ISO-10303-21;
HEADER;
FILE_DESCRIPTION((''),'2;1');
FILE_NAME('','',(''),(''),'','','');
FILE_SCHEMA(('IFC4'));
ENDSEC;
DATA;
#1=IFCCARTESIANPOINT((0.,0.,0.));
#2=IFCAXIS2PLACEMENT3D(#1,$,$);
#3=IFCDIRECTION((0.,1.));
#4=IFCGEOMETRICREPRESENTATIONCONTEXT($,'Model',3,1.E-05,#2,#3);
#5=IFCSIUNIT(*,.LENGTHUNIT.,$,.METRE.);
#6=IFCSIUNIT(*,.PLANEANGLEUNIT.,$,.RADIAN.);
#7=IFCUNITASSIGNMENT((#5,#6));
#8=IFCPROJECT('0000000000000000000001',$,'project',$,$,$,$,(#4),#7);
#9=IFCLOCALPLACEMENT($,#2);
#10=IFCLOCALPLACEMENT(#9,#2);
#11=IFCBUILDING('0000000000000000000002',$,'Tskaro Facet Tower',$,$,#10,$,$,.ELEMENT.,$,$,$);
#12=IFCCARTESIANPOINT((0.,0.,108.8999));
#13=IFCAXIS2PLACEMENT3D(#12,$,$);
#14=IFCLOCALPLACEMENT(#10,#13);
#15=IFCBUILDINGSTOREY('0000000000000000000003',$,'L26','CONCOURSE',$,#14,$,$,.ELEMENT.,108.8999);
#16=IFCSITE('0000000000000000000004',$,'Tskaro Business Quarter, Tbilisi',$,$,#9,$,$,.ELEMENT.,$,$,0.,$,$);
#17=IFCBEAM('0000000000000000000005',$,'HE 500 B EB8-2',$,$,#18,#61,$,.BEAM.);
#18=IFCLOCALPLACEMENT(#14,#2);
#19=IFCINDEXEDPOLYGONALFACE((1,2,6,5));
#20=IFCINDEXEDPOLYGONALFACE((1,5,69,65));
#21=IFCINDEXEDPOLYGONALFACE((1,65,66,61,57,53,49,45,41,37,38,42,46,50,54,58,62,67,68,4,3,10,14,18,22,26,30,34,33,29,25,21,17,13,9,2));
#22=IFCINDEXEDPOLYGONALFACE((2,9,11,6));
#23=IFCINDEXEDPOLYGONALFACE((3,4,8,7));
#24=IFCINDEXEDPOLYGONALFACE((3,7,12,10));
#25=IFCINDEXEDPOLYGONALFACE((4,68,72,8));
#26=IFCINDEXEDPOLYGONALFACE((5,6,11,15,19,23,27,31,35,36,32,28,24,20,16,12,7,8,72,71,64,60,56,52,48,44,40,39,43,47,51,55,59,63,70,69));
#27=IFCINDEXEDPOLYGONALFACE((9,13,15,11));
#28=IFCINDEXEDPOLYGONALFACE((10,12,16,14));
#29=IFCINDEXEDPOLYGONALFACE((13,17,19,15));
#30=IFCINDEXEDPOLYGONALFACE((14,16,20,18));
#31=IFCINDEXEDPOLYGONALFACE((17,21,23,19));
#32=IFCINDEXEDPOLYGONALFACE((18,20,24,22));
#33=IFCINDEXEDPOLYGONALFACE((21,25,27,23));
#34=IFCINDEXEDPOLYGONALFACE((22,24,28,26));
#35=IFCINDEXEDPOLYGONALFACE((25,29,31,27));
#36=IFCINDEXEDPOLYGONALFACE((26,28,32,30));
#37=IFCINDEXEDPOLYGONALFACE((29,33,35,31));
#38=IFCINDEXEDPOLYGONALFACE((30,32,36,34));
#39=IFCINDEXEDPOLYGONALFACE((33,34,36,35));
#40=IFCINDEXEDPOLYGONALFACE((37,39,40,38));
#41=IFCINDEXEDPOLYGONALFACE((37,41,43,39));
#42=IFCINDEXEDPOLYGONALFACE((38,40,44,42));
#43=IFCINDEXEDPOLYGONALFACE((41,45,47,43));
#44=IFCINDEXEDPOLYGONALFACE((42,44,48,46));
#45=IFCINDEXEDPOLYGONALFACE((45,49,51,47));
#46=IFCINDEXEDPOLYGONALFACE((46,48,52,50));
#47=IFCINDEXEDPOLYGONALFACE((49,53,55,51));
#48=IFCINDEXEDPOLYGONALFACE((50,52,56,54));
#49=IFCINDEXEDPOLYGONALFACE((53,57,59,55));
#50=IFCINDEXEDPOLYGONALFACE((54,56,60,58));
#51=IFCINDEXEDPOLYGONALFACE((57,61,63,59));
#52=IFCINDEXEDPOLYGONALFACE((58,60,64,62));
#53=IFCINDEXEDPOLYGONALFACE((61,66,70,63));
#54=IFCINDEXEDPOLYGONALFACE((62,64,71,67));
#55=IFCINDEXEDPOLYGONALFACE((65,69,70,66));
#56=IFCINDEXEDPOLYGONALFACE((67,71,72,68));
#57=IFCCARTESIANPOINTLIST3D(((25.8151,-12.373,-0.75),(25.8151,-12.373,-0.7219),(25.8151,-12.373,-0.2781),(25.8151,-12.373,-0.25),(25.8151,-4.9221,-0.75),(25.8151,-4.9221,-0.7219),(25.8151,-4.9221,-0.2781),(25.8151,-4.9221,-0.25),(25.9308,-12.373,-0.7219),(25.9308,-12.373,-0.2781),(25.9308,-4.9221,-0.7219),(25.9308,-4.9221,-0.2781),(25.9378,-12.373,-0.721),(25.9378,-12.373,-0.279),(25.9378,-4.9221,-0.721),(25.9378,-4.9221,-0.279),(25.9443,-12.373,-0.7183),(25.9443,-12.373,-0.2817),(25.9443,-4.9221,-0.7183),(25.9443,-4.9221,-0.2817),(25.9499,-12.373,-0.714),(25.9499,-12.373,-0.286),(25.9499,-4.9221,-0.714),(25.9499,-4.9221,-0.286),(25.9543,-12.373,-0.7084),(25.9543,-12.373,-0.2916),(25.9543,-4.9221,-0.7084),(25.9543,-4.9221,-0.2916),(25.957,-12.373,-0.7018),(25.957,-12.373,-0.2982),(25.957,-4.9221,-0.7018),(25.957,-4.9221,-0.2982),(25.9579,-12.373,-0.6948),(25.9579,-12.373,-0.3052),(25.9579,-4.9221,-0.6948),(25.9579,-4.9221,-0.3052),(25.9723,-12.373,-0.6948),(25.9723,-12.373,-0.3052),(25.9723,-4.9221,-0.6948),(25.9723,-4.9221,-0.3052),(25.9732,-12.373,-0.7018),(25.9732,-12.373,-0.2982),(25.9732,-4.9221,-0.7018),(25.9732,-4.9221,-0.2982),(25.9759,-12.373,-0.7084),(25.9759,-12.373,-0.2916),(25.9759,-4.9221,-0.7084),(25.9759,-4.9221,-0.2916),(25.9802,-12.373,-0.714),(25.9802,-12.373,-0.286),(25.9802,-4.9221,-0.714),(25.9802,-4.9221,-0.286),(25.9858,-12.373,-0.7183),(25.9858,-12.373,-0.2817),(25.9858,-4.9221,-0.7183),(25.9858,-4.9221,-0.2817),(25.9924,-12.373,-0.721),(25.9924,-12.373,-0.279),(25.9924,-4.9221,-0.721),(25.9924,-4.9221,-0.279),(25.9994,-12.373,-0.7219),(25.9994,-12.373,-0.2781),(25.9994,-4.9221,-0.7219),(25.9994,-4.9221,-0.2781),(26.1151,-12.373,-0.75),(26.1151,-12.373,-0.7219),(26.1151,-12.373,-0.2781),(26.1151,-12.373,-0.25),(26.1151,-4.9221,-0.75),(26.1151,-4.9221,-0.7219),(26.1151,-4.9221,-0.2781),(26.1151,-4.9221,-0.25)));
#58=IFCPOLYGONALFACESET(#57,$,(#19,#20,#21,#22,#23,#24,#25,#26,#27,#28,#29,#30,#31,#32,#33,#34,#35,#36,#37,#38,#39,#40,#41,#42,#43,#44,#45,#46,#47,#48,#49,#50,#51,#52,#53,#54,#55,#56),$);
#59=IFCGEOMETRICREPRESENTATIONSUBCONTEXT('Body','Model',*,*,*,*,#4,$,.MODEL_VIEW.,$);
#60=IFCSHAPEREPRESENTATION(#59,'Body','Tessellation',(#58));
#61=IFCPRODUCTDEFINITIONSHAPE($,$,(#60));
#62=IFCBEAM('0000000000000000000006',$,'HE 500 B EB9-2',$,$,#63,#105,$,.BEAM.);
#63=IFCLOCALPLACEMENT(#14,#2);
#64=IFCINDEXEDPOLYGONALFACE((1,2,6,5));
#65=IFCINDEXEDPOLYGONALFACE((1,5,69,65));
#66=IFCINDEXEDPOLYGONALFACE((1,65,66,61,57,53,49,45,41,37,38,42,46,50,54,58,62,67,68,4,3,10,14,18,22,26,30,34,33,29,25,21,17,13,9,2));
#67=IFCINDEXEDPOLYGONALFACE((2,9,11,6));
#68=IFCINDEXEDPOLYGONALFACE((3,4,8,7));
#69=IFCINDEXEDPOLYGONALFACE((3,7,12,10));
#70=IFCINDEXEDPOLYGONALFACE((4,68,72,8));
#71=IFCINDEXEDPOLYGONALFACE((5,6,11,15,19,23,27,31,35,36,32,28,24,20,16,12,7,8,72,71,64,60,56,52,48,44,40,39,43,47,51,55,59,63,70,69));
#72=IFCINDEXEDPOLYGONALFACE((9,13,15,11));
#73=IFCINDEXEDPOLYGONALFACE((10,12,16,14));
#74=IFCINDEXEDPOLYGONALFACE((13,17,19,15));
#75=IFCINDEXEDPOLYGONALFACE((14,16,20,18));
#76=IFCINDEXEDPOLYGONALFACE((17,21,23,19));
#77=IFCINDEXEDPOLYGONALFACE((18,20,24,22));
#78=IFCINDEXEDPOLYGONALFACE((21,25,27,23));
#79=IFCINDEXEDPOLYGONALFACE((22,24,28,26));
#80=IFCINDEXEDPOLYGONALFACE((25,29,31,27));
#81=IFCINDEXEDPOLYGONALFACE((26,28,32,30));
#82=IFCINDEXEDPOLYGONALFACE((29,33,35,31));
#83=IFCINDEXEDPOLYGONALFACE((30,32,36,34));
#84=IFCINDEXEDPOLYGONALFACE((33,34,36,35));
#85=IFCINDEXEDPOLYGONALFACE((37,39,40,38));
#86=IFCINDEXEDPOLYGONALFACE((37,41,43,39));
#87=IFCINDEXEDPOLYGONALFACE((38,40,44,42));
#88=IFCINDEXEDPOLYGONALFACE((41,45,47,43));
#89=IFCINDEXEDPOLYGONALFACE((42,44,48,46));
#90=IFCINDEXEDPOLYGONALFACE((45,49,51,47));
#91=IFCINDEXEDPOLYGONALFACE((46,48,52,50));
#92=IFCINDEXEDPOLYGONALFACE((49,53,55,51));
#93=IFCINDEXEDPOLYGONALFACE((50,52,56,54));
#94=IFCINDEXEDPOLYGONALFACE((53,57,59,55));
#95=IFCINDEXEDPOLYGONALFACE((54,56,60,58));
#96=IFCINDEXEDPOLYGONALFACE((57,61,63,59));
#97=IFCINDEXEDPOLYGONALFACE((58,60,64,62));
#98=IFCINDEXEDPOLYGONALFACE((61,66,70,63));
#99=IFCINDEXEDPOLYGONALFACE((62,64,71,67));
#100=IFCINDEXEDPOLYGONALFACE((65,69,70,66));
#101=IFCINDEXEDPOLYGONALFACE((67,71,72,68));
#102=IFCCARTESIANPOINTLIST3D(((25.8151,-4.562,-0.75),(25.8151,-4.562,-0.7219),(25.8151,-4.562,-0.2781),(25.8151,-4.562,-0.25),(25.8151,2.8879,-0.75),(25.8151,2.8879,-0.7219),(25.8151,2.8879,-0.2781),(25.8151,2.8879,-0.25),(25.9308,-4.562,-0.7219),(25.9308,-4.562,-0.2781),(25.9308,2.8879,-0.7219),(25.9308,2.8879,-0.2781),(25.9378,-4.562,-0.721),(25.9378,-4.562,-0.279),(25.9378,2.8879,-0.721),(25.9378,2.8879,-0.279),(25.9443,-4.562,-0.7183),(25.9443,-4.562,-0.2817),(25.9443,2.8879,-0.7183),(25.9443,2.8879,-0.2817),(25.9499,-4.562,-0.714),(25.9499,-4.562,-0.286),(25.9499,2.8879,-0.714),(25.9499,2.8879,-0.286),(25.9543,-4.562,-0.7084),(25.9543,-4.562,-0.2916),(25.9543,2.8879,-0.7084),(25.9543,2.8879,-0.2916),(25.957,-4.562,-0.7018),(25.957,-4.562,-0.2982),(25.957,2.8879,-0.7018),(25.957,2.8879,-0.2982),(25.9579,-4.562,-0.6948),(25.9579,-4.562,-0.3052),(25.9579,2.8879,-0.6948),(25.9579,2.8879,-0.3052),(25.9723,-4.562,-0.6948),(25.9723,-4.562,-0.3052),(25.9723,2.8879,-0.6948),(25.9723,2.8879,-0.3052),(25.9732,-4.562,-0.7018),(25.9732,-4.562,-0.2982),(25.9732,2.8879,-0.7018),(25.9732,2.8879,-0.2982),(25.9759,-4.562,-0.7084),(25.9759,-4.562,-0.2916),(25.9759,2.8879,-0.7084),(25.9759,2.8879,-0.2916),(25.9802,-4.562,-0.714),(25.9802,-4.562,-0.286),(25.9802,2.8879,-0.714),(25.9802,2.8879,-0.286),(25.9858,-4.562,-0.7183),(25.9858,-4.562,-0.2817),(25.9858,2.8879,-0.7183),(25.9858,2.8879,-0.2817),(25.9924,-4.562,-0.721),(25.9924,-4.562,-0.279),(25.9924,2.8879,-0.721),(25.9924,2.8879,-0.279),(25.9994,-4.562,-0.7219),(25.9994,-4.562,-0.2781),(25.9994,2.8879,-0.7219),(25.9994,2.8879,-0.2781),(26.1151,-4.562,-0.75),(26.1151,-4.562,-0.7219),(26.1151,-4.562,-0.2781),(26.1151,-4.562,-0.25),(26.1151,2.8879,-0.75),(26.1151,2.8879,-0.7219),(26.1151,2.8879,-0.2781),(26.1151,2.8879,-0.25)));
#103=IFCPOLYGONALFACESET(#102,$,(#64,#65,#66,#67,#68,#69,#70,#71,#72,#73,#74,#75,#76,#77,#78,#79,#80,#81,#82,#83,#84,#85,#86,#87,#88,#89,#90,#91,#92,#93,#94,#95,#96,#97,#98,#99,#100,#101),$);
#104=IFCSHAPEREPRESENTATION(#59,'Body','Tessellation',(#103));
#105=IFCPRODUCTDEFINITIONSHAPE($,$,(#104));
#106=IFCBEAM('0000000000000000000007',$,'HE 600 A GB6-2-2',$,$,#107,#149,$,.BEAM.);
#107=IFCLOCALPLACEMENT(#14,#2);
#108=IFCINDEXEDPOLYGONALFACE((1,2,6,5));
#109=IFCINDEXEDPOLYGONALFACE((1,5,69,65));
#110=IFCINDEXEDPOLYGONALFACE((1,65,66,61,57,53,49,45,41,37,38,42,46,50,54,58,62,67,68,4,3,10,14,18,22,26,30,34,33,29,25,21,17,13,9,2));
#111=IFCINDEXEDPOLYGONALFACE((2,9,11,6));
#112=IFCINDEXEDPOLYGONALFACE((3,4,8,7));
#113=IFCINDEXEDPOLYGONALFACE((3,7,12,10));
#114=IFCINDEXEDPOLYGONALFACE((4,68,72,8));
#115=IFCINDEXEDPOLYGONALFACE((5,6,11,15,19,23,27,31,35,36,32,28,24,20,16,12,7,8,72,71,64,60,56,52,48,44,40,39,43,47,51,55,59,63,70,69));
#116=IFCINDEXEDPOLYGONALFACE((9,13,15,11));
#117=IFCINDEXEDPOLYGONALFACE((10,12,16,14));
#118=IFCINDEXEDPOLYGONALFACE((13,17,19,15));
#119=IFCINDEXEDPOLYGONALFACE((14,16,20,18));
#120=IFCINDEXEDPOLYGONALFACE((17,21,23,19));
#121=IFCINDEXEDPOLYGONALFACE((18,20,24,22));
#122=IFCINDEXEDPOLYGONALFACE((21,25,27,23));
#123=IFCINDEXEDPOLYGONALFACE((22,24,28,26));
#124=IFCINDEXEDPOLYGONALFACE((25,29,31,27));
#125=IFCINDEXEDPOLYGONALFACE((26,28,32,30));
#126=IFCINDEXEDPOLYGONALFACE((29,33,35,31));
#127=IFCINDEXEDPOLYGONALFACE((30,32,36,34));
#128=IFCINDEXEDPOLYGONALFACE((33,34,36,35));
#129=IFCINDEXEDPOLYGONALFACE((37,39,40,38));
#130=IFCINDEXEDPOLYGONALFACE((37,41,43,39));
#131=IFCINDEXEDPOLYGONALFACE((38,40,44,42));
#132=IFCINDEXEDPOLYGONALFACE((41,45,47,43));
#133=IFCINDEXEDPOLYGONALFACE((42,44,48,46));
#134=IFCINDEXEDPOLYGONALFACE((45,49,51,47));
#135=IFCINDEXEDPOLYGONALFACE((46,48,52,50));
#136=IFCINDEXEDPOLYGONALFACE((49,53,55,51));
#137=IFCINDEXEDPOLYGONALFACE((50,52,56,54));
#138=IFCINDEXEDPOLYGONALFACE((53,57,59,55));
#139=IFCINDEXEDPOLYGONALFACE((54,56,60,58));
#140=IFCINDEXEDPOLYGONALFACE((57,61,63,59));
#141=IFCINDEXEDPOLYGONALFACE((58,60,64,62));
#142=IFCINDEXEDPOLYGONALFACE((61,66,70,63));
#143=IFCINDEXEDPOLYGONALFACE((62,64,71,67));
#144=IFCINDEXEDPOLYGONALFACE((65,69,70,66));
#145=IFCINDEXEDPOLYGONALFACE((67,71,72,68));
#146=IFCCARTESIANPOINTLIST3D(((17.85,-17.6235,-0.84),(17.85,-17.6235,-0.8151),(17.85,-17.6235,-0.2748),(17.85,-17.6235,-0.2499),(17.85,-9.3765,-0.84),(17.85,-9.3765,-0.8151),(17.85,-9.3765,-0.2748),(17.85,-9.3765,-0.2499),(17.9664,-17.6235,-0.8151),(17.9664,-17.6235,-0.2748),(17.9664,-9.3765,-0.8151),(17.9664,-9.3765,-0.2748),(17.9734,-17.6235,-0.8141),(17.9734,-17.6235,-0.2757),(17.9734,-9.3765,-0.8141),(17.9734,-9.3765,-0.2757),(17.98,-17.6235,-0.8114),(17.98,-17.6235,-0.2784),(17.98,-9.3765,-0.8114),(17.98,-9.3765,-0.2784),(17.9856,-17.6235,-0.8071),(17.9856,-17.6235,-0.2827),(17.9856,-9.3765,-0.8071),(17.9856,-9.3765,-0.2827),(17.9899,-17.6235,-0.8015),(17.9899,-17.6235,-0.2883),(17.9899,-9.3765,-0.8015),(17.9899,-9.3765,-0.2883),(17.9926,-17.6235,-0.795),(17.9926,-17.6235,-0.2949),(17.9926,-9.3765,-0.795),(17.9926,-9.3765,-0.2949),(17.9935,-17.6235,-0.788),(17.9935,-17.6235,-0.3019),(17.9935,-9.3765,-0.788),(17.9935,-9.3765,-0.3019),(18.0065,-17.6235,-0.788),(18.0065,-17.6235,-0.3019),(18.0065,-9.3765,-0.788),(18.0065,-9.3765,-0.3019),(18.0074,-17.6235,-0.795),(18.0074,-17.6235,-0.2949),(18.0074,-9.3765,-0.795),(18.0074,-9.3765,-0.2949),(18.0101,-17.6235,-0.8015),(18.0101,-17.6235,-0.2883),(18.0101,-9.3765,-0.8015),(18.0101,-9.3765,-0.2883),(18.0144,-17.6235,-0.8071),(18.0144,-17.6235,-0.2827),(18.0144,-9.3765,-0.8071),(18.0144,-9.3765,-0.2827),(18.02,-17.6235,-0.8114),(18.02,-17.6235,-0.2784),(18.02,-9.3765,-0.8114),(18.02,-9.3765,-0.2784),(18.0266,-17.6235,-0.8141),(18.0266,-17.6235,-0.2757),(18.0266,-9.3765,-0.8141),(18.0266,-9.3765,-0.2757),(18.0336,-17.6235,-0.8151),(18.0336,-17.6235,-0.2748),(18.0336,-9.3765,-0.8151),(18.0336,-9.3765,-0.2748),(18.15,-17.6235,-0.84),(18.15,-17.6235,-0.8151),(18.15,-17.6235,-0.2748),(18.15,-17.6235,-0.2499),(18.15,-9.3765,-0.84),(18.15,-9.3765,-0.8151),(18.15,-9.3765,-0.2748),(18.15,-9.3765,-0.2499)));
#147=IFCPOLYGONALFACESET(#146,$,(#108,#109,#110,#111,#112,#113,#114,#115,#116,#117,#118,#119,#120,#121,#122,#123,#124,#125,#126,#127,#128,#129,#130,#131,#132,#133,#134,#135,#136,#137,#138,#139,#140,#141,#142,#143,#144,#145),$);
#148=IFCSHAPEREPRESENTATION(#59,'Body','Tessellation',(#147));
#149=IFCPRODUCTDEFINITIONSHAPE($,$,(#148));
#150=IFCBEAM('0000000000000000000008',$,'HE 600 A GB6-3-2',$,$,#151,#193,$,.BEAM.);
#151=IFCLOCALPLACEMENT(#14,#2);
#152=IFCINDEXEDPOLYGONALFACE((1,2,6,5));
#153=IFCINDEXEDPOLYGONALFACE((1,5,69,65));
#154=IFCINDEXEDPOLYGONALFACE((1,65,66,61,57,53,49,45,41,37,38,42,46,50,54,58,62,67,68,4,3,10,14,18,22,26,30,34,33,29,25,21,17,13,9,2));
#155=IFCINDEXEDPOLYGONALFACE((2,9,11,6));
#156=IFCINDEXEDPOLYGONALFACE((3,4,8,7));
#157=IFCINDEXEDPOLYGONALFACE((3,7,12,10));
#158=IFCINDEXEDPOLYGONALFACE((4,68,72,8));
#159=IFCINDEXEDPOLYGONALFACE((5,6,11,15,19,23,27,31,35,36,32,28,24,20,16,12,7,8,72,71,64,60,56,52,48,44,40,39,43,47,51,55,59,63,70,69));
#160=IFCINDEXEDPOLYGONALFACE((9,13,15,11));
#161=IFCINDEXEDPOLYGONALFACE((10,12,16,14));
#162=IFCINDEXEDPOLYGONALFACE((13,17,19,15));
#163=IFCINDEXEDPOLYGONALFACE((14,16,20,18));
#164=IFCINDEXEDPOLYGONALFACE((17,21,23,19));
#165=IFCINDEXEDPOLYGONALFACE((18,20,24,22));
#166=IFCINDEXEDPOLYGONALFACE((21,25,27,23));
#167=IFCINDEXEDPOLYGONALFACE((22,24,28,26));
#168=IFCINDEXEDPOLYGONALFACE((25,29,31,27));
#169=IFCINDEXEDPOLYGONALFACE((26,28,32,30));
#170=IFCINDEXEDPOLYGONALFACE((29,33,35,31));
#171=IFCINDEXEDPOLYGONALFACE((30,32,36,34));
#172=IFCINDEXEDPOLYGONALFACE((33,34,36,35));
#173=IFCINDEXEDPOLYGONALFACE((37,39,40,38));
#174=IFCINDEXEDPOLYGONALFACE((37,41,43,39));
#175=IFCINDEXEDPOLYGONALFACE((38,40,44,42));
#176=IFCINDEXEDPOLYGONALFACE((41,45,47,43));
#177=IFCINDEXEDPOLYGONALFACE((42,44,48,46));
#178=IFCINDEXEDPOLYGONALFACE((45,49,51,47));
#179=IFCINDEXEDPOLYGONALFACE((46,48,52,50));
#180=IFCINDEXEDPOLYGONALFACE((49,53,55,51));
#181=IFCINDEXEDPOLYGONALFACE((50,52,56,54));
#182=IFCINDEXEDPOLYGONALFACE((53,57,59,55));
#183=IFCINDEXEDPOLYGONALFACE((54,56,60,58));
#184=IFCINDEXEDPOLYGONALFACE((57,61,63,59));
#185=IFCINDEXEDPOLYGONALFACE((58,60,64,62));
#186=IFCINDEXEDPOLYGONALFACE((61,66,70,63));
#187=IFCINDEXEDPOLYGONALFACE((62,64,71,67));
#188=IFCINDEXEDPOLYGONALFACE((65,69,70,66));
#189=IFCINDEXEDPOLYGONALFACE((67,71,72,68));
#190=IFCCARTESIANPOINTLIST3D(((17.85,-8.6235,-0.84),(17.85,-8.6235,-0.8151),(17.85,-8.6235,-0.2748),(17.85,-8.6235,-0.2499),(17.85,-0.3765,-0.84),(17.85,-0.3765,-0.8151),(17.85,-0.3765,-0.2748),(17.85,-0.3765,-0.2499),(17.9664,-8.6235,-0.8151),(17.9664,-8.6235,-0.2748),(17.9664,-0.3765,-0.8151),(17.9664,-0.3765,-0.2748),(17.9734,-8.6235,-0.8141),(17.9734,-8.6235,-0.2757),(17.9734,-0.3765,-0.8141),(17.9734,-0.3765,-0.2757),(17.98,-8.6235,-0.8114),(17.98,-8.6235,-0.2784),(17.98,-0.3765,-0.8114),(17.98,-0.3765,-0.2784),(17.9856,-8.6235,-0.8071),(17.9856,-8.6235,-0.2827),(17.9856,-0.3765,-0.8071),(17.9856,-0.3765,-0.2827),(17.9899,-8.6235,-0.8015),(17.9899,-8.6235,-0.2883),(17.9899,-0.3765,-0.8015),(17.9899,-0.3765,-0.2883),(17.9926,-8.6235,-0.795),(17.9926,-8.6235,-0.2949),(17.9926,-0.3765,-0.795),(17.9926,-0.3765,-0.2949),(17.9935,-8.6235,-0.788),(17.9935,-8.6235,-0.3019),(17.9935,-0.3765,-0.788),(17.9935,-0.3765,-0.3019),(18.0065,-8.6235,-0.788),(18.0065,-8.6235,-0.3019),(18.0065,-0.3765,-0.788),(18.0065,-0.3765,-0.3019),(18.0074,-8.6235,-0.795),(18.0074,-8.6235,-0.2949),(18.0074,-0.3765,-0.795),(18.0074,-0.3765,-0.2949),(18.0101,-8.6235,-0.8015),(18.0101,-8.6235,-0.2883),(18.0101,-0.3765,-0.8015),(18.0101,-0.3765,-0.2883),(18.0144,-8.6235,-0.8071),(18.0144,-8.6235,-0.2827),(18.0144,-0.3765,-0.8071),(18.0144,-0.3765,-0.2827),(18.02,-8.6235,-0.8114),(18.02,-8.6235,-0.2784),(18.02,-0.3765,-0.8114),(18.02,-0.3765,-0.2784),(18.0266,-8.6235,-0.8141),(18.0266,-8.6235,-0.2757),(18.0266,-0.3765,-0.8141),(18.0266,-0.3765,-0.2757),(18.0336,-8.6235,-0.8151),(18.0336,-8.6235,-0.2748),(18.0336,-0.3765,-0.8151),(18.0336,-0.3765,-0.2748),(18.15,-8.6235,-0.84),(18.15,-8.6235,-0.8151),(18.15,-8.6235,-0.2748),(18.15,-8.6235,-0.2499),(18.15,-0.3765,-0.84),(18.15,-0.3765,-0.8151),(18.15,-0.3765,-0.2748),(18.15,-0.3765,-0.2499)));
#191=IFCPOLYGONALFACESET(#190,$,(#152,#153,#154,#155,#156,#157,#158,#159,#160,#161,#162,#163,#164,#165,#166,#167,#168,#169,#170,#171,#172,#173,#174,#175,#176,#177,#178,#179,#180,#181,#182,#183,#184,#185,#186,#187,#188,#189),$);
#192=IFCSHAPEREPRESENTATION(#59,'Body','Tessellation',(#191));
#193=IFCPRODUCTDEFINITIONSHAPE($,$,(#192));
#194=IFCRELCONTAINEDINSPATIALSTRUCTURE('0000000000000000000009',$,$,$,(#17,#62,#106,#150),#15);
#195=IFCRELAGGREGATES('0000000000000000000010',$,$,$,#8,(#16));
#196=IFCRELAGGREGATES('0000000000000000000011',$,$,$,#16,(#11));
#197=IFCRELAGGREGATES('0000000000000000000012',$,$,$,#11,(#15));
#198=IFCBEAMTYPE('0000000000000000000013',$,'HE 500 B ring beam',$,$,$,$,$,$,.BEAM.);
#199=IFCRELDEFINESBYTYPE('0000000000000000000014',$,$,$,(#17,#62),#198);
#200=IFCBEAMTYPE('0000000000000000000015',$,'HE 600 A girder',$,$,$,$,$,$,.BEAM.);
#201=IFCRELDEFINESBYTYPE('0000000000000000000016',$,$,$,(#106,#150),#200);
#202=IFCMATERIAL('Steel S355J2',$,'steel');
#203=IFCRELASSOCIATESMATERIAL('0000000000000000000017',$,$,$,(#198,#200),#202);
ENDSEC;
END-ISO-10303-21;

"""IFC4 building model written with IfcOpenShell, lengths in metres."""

from ifc_helpers import new_model, si_unit, direction, frame, origin, origin_2d, place, context, subcontext, project, spatial, i_section, extrude, material, material_profile, profile_set, type_object, element, save


model = new_model("IFC4")

# Units and contexts
model_context = context("Model", 3, precision=1e-05, world=origin(), true_north=direction((0.0, 1.0)))
body_context = subcontext(model_context, "Body", "Model", "MODEL_VIEW")
ifc_project = project(units=[si_unit("LENGTHUNIT", "METRE"), si_unit("PLANEANGLEUNIT", "RADIAN")], contexts=[model_context])

# Site, building, storey
site_placement = place(None, origin())
site = spatial("IfcSite", under=ifc_project, at=site_placement, Name="Tskaro Business Quarter, Tbilisi", CompositionType="ELEMENT", RefElevation=0.0)
building_placement = place(site_placement, origin())
building = spatial("IfcBuilding", under=site, at=building_placement, Name="Tskaro Facet Tower", CompositionType="ELEMENT")
storey_placement = place(building_placement, frame((0.0, 0.0, 108.8999)))
storey = spatial("IfcBuildingStorey", under=building, at=storey_placement, Name="L26", Description="CONCOURSE", CompositionType="ELEMENT", Elevation=108.8999)

# Beams
ifc_material_1 = material(Name="Steel S355J2", Category="steel")
ifc_material_profile_1 = material_profile(ifc_material_1, i_section(OverallWidth=0.3, OverallDepth=0.5, WebThickness=0.0144, FlangeThickness=0.0281, FilletRadius=0.0271, at=origin_2d()), Name="HE 500 B")
ifc_profile_set_1 = profile_set([ifc_material_profile_1], Name="Steel S355J2")
beam_type_1 = type_object("IfcBeamType", Name="HE 500 B ring beam", PredefinedType="BEAM", material=ifc_profile_set_1)
beam_1_placement = place(storey_placement, frame((25.9651, -12.373, -0.5), z_axis=(0.0, 1.0, 0.0), x_axis=(-1.0, 0.0, 0.0)))
element("IfcBeam", 1, at=beam_1_placement, inside=storey, type_object=beam_type_1, Name="HE 500 B EB8-2", PredefinedType="BEAM", context=body_context, shape_type="SweptSolid", body=[
    extrude(i_section(OverallWidth=0.3, OverallDepth=0.5, WebThickness=0.0144, FlangeThickness=0.0281, FilletRadius=0.0271, at=origin_2d()), origin(), (0.0, 0.0, 1.0), 7.4509),
])
beam_2_placement = place(storey_placement, frame((25.9651, -4.562, -0.5), z_axis=(0.0, 1.0, 0.0), x_axis=(-1.0, 0.0, 0.0)))
element("IfcBeam", 2, at=beam_2_placement, inside=storey, type_object=beam_type_1, Name="HE 500 B EB9-2", PredefinedType="BEAM", context=body_context, shape_type="SweptSolid", body=[
    extrude(i_section(OverallWidth=0.3, OverallDepth=0.5, WebThickness=0.0144, FlangeThickness=0.0281, FilletRadius=0.0271, at=origin_2d()), origin(), (0.0, 0.0, 1.0), 7.45),
])
ifc_material_profile_2 = material_profile(ifc_material_1, i_section(OverallWidth=0.3, OverallDepth=0.5901, WebThickness=0.0129, FlangeThickness=0.0249, FilletRadius=0.0271, at=origin_2d()), Name="HE 600 A")
ifc_profile_set_2 = profile_set([ifc_material_profile_2], Name="Steel S355J2")
beam_type_2 = type_object("IfcBeamType", Name="HE 600 A girder", PredefinedType="BEAM", material=ifc_profile_set_2)
for number, where, z_axis, x_axis, name in (
    (3, (18.0, -17.6235, -0.5449), (0.0, 1.0, 0.0), (-1.0, 0.0, 0.0), "HE 600 A GB6-2-2"),
    (4, (18.0, -8.6235, -0.5449), (0.0, 1.0, 0.0), (-1.0, 0.0, 0.0), "HE 600 A GB6-3-2"),
):
    element("IfcBeam", number, at=place(storey_placement, frame(where, z_axis=z_axis, x_axis=x_axis)), inside=storey, type_object=beam_type_2, Name=name, PredefinedType="BEAM", context=body_context, shape_type="SweptSolid", body=[
        extrude(i_section(OverallWidth=0.3, OverallDepth=0.5901, WebThickness=0.0129, FlangeThickness=0.0249, FilletRadius=0.0271, at=origin_2d()), origin(), (0.0, 0.0, 1.0), 8.2471),
    ])

save(model, "model.ifc")
